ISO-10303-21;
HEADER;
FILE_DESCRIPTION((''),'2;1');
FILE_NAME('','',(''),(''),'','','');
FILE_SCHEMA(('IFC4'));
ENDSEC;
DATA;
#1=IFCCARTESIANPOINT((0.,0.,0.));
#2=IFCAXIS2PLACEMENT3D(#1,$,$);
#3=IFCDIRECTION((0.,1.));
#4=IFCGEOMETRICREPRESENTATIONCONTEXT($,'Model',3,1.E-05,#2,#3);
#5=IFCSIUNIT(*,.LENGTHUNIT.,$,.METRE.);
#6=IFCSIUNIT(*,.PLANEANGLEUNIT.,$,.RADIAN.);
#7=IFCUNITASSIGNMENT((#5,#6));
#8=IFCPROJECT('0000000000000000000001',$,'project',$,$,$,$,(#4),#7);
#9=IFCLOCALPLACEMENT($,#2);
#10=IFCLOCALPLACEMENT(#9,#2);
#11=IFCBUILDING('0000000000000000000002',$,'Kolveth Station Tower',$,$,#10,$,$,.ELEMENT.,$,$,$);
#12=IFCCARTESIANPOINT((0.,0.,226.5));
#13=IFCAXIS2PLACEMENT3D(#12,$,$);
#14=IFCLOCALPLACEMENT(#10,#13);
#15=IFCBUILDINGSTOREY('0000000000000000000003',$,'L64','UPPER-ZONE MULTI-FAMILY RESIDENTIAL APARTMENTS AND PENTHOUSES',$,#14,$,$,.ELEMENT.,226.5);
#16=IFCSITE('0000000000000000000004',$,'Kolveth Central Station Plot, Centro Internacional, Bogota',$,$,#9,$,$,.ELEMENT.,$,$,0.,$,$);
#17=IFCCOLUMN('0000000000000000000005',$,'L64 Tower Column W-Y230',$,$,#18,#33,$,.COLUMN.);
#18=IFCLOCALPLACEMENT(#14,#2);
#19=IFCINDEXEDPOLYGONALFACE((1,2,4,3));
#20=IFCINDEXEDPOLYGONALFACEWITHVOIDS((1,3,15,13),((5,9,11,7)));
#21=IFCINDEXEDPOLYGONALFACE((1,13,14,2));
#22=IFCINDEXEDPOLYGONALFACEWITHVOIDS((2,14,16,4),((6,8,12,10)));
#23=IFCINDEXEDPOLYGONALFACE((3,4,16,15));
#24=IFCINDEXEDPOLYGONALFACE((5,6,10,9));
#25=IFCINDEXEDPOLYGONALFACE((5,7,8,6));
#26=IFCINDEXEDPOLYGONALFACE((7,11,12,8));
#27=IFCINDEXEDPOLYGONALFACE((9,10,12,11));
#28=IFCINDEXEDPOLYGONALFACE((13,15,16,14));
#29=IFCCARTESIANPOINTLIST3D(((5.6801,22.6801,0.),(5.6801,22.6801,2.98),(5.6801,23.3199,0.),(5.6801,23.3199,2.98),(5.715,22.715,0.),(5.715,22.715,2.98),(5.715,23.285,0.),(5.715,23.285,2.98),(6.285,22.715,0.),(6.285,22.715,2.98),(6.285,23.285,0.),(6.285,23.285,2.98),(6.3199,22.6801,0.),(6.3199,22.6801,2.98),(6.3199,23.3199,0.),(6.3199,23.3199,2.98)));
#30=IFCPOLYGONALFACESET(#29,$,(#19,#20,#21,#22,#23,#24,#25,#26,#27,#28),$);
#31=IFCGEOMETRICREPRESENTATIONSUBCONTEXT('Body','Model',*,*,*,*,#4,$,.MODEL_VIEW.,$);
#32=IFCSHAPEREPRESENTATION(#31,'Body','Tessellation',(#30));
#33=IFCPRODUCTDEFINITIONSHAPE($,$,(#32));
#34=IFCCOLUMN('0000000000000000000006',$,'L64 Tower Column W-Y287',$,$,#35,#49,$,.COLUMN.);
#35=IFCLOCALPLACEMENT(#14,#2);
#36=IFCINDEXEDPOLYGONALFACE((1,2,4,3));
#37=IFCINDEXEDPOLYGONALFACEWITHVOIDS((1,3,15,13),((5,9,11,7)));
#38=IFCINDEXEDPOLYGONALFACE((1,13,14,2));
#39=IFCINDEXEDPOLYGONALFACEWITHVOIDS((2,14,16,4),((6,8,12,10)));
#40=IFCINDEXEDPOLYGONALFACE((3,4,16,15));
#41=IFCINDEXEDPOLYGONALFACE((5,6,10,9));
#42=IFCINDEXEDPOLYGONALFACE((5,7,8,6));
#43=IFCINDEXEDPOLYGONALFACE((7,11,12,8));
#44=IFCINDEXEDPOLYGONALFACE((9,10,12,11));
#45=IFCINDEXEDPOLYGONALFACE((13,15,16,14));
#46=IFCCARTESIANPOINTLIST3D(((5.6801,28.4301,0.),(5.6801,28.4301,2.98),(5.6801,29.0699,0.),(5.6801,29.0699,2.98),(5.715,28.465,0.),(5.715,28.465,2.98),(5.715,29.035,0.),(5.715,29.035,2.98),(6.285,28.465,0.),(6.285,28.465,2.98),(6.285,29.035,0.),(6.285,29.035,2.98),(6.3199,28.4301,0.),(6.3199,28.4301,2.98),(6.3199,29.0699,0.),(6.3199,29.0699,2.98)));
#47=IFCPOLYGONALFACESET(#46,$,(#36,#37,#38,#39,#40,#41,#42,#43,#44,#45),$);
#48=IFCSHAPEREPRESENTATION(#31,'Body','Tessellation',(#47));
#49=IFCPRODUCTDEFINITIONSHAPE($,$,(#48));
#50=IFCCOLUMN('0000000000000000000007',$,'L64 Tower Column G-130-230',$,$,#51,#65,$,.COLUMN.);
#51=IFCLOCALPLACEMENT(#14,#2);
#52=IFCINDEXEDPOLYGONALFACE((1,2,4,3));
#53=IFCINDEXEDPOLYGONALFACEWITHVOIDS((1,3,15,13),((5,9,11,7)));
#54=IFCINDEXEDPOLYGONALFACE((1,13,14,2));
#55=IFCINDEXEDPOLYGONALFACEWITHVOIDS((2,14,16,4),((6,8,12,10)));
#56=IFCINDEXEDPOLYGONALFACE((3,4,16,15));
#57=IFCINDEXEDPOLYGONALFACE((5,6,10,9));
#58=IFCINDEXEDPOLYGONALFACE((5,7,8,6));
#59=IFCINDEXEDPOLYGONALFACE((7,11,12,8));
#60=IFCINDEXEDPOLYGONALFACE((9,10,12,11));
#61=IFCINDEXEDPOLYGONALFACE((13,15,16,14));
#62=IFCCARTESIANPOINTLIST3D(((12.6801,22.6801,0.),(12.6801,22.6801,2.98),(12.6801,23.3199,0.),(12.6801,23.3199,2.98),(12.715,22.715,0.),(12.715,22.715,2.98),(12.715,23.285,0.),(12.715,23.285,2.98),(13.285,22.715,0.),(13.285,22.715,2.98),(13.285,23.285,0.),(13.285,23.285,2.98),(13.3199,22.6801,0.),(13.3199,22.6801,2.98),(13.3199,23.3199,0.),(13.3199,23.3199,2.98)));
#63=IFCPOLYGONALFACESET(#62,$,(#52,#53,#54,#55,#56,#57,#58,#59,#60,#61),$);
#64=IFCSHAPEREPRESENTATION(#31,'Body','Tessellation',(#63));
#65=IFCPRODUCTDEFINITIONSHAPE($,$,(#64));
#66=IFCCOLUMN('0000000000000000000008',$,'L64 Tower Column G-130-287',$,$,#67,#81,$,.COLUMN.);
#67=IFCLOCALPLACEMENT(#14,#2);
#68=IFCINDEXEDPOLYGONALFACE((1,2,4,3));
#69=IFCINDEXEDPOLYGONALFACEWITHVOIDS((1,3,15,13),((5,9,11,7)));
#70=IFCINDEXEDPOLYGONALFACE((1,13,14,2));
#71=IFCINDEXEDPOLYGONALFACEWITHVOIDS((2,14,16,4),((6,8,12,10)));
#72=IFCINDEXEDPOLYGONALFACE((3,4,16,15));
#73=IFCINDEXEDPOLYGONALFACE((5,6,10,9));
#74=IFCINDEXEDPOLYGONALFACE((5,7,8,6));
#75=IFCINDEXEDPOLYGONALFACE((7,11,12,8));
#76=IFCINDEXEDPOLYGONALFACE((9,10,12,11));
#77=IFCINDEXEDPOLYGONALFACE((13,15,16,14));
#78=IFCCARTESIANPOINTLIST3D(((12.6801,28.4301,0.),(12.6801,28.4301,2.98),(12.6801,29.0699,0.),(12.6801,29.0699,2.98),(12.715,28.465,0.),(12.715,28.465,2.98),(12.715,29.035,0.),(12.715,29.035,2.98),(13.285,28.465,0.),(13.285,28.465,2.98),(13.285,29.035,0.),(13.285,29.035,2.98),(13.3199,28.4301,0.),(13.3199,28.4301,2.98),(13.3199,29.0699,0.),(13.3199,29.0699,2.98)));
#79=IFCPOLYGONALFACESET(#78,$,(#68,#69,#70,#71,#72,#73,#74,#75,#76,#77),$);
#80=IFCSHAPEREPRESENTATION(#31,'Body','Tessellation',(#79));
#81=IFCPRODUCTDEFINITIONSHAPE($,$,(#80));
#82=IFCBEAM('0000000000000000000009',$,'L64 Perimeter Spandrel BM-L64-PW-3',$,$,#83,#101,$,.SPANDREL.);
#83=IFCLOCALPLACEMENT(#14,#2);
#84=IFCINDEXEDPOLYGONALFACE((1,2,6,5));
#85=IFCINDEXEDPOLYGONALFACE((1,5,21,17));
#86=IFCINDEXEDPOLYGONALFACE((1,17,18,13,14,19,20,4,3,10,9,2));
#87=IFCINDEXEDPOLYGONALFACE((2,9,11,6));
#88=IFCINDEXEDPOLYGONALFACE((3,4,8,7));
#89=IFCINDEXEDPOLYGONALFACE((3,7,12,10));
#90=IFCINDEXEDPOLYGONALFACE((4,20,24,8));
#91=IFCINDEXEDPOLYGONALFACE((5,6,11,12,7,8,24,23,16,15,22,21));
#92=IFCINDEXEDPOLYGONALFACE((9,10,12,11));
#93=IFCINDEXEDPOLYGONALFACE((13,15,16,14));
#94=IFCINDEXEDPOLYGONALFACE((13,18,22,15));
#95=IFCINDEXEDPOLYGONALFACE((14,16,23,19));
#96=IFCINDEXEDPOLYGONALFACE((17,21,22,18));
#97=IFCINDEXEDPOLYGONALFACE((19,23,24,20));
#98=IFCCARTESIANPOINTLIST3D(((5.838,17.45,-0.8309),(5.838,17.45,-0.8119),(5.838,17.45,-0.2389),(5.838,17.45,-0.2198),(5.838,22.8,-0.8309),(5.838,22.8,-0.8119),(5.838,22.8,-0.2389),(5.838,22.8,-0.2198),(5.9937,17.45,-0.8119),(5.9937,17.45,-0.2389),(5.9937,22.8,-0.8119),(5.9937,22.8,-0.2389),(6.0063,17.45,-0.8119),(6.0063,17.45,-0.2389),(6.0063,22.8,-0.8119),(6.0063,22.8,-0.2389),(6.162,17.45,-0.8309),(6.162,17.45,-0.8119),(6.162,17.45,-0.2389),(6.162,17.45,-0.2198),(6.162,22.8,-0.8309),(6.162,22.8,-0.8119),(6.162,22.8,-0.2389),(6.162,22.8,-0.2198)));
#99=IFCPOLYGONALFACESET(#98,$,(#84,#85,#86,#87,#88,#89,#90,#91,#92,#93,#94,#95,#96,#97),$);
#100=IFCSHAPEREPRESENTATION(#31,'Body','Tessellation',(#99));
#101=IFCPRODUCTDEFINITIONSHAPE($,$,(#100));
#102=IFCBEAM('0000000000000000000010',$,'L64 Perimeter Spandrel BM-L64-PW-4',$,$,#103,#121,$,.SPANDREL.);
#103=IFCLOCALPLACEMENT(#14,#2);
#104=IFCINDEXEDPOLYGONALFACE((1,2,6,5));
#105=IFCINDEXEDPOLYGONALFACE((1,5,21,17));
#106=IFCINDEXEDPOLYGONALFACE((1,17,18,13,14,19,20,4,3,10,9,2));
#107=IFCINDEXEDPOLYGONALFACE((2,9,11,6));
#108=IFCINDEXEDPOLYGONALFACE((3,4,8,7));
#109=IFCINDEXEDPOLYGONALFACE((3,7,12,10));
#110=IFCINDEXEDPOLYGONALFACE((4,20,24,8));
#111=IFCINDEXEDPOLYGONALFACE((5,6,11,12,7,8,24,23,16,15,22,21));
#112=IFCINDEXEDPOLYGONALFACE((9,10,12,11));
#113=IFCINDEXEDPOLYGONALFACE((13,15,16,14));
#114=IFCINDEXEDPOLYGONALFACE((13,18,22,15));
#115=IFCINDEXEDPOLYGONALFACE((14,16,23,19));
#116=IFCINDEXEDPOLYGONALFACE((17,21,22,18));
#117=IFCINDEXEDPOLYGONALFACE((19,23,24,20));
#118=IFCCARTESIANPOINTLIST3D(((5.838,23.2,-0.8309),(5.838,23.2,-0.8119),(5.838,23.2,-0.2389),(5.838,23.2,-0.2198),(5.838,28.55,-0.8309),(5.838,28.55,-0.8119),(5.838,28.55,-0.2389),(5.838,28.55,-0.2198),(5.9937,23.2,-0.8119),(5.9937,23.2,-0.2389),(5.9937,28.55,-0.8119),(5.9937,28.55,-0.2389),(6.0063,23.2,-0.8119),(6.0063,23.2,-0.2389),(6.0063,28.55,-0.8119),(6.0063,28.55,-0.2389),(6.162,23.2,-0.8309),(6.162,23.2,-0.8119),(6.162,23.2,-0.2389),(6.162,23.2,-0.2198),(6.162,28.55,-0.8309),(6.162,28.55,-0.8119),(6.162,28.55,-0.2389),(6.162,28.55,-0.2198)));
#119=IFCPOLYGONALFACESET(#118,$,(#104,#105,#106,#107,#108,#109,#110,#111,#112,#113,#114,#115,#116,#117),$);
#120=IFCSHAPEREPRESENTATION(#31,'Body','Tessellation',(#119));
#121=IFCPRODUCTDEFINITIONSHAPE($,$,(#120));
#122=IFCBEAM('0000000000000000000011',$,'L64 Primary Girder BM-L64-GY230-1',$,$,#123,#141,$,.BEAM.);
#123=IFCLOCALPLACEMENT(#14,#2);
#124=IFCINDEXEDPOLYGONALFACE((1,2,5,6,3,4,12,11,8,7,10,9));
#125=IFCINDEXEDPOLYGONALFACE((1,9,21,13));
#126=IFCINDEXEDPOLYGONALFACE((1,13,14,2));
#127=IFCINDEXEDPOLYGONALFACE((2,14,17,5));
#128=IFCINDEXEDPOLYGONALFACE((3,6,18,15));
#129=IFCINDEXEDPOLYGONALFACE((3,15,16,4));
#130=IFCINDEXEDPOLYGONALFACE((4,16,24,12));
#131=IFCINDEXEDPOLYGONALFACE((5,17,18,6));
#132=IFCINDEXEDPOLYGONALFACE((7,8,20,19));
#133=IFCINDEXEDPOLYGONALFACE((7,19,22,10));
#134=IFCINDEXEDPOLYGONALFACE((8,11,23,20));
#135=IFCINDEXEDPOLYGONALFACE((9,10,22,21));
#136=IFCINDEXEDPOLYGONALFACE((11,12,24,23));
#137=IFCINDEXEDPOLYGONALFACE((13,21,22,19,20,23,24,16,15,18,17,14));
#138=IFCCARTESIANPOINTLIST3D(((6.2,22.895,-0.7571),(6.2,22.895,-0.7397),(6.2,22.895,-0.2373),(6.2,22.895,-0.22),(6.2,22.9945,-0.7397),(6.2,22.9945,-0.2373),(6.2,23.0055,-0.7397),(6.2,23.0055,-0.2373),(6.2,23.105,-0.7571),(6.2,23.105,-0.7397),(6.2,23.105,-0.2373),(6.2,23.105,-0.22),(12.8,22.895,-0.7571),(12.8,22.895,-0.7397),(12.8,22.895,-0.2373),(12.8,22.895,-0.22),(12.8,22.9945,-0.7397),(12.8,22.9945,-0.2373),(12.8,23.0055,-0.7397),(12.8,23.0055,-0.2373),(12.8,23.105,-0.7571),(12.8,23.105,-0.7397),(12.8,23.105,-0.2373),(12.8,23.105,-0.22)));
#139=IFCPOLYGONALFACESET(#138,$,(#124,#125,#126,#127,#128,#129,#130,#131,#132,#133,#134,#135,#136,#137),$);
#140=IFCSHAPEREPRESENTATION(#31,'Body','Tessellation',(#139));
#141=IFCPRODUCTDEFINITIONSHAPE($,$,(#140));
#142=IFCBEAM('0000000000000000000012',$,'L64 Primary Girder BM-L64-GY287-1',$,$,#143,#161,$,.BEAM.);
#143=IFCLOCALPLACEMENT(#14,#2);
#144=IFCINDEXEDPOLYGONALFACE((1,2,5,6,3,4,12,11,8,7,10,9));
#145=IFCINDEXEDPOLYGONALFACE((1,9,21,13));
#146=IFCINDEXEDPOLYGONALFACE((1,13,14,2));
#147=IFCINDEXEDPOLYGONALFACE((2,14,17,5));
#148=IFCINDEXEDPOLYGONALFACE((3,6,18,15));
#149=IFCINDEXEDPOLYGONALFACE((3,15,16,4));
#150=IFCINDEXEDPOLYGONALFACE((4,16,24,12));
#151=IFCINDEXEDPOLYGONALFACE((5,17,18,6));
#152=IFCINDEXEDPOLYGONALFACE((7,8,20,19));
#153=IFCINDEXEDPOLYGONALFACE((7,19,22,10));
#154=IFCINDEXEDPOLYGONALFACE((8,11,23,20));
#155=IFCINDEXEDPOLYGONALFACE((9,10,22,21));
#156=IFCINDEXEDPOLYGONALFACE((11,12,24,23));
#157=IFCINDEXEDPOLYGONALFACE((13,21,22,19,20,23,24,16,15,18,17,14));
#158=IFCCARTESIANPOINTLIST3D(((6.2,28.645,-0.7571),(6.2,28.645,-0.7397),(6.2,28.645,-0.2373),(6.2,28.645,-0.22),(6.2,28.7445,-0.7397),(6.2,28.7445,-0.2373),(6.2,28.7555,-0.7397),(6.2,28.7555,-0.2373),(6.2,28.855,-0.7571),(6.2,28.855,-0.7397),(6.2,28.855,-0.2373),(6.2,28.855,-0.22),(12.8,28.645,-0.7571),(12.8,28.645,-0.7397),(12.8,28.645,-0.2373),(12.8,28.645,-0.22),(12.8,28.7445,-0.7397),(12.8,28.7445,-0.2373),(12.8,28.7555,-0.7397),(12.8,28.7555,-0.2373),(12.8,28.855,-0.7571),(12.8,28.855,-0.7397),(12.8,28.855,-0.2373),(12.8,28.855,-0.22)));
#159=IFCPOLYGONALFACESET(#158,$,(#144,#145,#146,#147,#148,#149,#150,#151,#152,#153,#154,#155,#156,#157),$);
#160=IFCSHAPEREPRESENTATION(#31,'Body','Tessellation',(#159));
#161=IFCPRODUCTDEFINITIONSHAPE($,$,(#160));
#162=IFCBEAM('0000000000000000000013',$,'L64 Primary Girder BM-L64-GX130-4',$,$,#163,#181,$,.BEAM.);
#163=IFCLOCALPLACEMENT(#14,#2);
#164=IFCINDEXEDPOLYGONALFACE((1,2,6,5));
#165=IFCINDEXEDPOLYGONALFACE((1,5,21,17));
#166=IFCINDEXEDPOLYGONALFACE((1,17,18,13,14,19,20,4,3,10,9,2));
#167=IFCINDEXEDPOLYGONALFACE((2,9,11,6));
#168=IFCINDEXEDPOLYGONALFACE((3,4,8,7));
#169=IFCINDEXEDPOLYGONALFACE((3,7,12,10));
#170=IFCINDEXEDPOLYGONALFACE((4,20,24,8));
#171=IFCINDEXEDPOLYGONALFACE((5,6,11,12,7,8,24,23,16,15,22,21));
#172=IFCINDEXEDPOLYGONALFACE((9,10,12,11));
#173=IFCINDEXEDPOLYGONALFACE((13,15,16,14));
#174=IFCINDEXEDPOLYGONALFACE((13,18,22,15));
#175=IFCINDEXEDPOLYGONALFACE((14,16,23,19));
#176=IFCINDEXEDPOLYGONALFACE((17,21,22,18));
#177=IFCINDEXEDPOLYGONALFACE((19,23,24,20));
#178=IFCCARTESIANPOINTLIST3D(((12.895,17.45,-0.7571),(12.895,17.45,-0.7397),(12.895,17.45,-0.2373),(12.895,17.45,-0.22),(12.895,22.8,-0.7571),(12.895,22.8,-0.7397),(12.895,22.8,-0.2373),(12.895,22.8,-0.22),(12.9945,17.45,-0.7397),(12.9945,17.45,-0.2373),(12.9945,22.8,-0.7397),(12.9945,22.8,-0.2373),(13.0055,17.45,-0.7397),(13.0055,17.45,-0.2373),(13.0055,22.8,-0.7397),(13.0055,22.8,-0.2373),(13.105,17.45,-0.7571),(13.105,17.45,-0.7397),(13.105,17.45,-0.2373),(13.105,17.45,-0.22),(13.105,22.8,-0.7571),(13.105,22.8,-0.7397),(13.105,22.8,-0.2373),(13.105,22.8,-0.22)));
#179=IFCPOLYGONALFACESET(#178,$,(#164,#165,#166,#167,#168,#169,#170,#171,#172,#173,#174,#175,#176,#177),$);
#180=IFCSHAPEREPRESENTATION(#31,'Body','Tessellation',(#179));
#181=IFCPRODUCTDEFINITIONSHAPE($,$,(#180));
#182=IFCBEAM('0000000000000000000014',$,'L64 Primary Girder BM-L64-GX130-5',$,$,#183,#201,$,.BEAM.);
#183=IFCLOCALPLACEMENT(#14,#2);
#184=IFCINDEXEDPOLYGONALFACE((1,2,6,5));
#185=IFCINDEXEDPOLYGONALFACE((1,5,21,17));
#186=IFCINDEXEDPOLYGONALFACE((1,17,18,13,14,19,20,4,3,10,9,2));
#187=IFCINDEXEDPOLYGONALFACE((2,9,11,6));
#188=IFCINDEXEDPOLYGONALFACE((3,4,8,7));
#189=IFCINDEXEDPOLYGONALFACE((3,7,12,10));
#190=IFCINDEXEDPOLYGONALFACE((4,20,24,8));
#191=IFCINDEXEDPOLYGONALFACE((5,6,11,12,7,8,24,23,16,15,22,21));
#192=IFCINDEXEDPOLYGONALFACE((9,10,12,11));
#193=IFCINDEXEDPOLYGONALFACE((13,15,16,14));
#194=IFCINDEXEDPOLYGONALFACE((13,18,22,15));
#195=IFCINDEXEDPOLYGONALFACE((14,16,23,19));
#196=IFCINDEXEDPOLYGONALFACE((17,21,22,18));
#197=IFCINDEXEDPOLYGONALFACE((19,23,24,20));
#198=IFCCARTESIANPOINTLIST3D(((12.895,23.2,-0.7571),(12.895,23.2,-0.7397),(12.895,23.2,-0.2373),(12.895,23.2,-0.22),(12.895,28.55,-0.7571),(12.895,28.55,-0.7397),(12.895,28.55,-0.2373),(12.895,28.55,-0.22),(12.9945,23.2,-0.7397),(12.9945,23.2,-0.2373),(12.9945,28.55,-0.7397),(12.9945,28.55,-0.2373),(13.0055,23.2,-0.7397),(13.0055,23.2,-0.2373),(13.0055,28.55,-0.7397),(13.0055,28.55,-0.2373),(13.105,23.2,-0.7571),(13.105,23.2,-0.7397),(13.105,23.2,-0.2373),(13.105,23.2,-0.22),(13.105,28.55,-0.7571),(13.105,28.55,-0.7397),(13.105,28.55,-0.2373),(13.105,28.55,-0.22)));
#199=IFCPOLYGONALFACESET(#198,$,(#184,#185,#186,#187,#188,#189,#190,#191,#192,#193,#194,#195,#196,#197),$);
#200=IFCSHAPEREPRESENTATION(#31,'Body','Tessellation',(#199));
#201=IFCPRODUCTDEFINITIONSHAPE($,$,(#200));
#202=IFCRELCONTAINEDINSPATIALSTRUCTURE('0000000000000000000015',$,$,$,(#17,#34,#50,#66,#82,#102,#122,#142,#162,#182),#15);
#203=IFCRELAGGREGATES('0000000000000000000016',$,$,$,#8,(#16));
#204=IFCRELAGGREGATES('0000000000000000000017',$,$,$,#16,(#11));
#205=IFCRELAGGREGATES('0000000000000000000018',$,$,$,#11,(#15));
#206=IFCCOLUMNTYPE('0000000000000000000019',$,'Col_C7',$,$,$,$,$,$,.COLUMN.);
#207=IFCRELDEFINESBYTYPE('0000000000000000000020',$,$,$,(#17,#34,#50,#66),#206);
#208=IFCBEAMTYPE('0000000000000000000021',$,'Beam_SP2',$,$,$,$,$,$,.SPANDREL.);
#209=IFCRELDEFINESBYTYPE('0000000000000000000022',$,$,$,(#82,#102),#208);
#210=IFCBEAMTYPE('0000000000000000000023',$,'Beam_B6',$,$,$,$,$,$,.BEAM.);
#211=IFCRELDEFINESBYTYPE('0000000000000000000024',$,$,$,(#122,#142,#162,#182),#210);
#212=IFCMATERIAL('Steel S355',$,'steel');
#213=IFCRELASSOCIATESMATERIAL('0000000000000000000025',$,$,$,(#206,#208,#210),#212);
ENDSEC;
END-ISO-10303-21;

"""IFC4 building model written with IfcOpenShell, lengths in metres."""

from ifc_helpers import new_model, si_unit, direction, frame, origin, origin_2d, place, context, subcontext, project, spatial, hollow_rectangle, i_section, extrude, source, transform, mapped, material, material_profile, profile_set, type_object, element, save


model = new_model("IFC4")

# Units and contexts
model_context = context("Model", 3, precision=1e-05, world=origin(), true_north=direction((0.0, 1.0)))
body_context = subcontext(model_context, "Body", "Model", "MODEL_VIEW")
ifc_project = project(units=[si_unit("LENGTHUNIT", "METRE"), si_unit("PLANEANGLEUNIT", "RADIAN")], contexts=[model_context])

# Site, building, storey
site_placement = place(None, origin())
site = spatial("IfcSite", under=ifc_project, at=site_placement, Name="Kolveth Central Station Plot, Centro Internacional, Bogota", CompositionType="ELEMENT", RefElevation=0.0)
building_placement = place(site_placement, origin())
building = spatial("IfcBuilding", under=site, at=building_placement, Name="Kolveth Station Tower", CompositionType="ELEMENT")
storey_placement = place(building_placement, frame((0.0, 0.0, 226.5)))
storey = spatial("IfcBuildingStorey", under=building, at=storey_placement, Name="L64", Description="UPPER-ZONE MULTI-FAMILY RESIDENTIAL APARTMENTS AND PENTHOUSES", CompositionType="ELEMENT", Elevation=226.5)

# Columns
ifc_material_1 = material(Name="Steel S355", Category="steel")
ifc_material_profile_1 = material_profile(ifc_material_1, hollow_rectangle(XDim=0.6399, YDim=0.6399, WallThickness=0.0349, at=origin_2d()), Name="BOX640x640x35")
ifc_profile_set_1 = profile_set([ifc_material_profile_1], Name="Steel S355")
column_type = type_object("IfcColumnType", Name="Col_C7", PredefinedType="COLUMN", material=ifc_profile_set_1)
shared_shape_1 = source(origin(), body_context, "Body", "SweptSolid", [
    extrude(hollow_rectangle(XDim=0.6399, YDim=0.6399, WallThickness=0.0349, at=origin_2d()), origin(), (0.0, 0.0, 1.0), 2.98),
])
for number, where, z_axis, x_axis, name in (
    (1, (6.0, 23.0, 0.0), (0.0, 0.0, 1.0), (1.0, 0.0, 0.0), "L64 Tower Column W-Y230"),
    (2, (6.0, 28.75, 0.0), (0.0, 0.0, 1.0), (1.0, 0.0, 0.0), "L64 Tower Column W-Y287"),
    (3, (13.0, 23.0, 0.0), (0.0, 0.0, 1.0), (1.0, 0.0, 0.0), "L64 Tower Column G-130-230"),
    (4, (13.0, 28.75, 0.0), (0.0, 0.0, 1.0), (1.0, 0.0, 0.0), "L64 Tower Column G-130-287"),
):
    element("IfcColumn", number, at=place(storey_placement, frame(where, z_axis=z_axis, x_axis=x_axis)), inside=storey, type_object=column_type, Name=name, PredefinedType="COLUMN", context=body_context, shape_type="MappedRepresentation", body=[
        mapped(shared_shape_1, transform((0.0, 0.0, 0.0), x_axis=(1.0, 0.0, 0.0), y_axis=(0.0, 1.0, 0.0), z_axis=(0.0, 0.0, 1.0), scale=1.0)),
    ])

# Beams
ifc_material_profile_2 = material_profile(ifc_material_1, i_section(OverallWidth=0.324, OverallDepth=0.6111, WebThickness=0.0127, FlangeThickness=0.019, at=origin_2d()), Name="W610x155")
ifc_profile_set_2 = profile_set([ifc_material_profile_2], Name="Steel S355")
beam_type_1 = type_object("IfcBeamType", Name="Beam_SP2", PredefinedType="SPANDREL", material=ifc_profile_set_2)
shared_shape_2 = source(origin(), body_context, "Body", "SweptSolid", [
    extrude(i_section(OverallWidth=0.324, OverallDepth=0.6111, WebThickness=0.0127, FlangeThickness=0.019, at=origin_2d()), origin(), (0.0, 0.0, 1.0), 5.3501),
])
for number, where, z_axis, x_axis, name in (
    (5, (6.0, 17.45, -0.5254), (0.0, 1.0, 0.0), (-1.0, 0.0, 0.0), "L64 Perimeter Spandrel BM-L64-PW-3"),
    (6, (6.0, 23.2, -0.5254), (0.0, 1.0, 0.0), (-1.0, 0.0, 0.0), "L64 Perimeter Spandrel BM-L64-PW-4"),
):
    element("IfcBeam", number, at=place(storey_placement, frame(where, z_axis=z_axis, x_axis=x_axis)), inside=storey, type_object=beam_type_1, Name=name, PredefinedType="SPANDREL", context=body_context, shape_type="MappedRepresentation", body=[
        mapped(shared_shape_2, transform((0.0, 0.0, 0.0), x_axis=(1.0, 0.0, 0.0), y_axis=(0.0, 1.0, 0.0), z_axis=(0.0, 0.0, 1.0), scale=1.0)),
    ])
ifc_material_profile_3 = material_profile(ifc_material_1, i_section(OverallWidth=0.21, OverallDepth=0.5371, WebThickness=0.011, FlangeThickness=0.0173, at=origin_2d()), Name="W530x101")
ifc_profile_set_3 = profile_set([ifc_material_profile_3], Name="Steel S355")
beam_type_2 = type_object("IfcBeamType", Name="Beam_B6", PredefinedType="BEAM", material=ifc_profile_set_3)
shared_shape_3 = source(origin(), body_context, "Body", "SweptSolid", [
    extrude(i_section(OverallWidth=0.21, OverallDepth=0.5371, WebThickness=0.011, FlangeThickness=0.0173, at=origin_2d()), origin(), (0.0, 0.0, 1.0), 6.6001),
])
for number, where, z_axis, x_axis, name in (
    (7, (6.2, 23.0, -0.4885), (1.0, 0.0, 0.0), (0.0, 1.0, 0.0), "L64 Primary Girder BM-L64-GY230-1"),
    (8, (6.2, 28.75, -0.4885), (1.0, 0.0, 0.0), (0.0, 1.0, 0.0), "L64 Primary Girder BM-L64-GY287-1"),
):
    element("IfcBeam", number, at=place(storey_placement, frame(where, z_axis=z_axis, x_axis=x_axis)), inside=storey, type_object=beam_type_2, Name=name, PredefinedType="BEAM", context=body_context, shape_type="MappedRepresentation", body=[
        mapped(shared_shape_3, transform((0.0, 0.0, 0.0), x_axis=(1.0, 0.0, 0.0), y_axis=(0.0, 1.0, 0.0), z_axis=(0.0, 0.0, 1.0), scale=1.0)),
    ])
shared_shape_4 = source(origin(), body_context, "Body", "SweptSolid", [
    extrude(i_section(OverallWidth=0.21, OverallDepth=0.5371, WebThickness=0.011, FlangeThickness=0.0173, at=origin_2d()), origin(), (0.0, 0.0, 1.0), 5.3501),
])
for number, where, z_axis, x_axis, name in (
    (9, (13.0, 17.45, -0.4885), (0.0, 1.0, 0.0), (-1.0, 0.0, 0.0), "L64 Primary Girder BM-L64-GX130-4"),
    (10, (13.0, 23.2, -0.4885), (0.0, 1.0, 0.0), (-1.0, 0.0, 0.0), "L64 Primary Girder BM-L64-GX130-5"),
):
    element("IfcBeam", number, at=place(storey_placement, frame(where, z_axis=z_axis, x_axis=x_axis)), inside=storey, type_object=beam_type_2, Name=name, PredefinedType="BEAM", context=body_context, shape_type="MappedRepresentation", body=[
        mapped(shared_shape_4, transform((0.0, 0.0, 0.0), x_axis=(1.0, 0.0, 0.0), y_axis=(0.0, 1.0, 0.0), z_axis=(0.0, 0.0, 1.0), scale=1.0)),
    ])

save(model, "model.ifc")
